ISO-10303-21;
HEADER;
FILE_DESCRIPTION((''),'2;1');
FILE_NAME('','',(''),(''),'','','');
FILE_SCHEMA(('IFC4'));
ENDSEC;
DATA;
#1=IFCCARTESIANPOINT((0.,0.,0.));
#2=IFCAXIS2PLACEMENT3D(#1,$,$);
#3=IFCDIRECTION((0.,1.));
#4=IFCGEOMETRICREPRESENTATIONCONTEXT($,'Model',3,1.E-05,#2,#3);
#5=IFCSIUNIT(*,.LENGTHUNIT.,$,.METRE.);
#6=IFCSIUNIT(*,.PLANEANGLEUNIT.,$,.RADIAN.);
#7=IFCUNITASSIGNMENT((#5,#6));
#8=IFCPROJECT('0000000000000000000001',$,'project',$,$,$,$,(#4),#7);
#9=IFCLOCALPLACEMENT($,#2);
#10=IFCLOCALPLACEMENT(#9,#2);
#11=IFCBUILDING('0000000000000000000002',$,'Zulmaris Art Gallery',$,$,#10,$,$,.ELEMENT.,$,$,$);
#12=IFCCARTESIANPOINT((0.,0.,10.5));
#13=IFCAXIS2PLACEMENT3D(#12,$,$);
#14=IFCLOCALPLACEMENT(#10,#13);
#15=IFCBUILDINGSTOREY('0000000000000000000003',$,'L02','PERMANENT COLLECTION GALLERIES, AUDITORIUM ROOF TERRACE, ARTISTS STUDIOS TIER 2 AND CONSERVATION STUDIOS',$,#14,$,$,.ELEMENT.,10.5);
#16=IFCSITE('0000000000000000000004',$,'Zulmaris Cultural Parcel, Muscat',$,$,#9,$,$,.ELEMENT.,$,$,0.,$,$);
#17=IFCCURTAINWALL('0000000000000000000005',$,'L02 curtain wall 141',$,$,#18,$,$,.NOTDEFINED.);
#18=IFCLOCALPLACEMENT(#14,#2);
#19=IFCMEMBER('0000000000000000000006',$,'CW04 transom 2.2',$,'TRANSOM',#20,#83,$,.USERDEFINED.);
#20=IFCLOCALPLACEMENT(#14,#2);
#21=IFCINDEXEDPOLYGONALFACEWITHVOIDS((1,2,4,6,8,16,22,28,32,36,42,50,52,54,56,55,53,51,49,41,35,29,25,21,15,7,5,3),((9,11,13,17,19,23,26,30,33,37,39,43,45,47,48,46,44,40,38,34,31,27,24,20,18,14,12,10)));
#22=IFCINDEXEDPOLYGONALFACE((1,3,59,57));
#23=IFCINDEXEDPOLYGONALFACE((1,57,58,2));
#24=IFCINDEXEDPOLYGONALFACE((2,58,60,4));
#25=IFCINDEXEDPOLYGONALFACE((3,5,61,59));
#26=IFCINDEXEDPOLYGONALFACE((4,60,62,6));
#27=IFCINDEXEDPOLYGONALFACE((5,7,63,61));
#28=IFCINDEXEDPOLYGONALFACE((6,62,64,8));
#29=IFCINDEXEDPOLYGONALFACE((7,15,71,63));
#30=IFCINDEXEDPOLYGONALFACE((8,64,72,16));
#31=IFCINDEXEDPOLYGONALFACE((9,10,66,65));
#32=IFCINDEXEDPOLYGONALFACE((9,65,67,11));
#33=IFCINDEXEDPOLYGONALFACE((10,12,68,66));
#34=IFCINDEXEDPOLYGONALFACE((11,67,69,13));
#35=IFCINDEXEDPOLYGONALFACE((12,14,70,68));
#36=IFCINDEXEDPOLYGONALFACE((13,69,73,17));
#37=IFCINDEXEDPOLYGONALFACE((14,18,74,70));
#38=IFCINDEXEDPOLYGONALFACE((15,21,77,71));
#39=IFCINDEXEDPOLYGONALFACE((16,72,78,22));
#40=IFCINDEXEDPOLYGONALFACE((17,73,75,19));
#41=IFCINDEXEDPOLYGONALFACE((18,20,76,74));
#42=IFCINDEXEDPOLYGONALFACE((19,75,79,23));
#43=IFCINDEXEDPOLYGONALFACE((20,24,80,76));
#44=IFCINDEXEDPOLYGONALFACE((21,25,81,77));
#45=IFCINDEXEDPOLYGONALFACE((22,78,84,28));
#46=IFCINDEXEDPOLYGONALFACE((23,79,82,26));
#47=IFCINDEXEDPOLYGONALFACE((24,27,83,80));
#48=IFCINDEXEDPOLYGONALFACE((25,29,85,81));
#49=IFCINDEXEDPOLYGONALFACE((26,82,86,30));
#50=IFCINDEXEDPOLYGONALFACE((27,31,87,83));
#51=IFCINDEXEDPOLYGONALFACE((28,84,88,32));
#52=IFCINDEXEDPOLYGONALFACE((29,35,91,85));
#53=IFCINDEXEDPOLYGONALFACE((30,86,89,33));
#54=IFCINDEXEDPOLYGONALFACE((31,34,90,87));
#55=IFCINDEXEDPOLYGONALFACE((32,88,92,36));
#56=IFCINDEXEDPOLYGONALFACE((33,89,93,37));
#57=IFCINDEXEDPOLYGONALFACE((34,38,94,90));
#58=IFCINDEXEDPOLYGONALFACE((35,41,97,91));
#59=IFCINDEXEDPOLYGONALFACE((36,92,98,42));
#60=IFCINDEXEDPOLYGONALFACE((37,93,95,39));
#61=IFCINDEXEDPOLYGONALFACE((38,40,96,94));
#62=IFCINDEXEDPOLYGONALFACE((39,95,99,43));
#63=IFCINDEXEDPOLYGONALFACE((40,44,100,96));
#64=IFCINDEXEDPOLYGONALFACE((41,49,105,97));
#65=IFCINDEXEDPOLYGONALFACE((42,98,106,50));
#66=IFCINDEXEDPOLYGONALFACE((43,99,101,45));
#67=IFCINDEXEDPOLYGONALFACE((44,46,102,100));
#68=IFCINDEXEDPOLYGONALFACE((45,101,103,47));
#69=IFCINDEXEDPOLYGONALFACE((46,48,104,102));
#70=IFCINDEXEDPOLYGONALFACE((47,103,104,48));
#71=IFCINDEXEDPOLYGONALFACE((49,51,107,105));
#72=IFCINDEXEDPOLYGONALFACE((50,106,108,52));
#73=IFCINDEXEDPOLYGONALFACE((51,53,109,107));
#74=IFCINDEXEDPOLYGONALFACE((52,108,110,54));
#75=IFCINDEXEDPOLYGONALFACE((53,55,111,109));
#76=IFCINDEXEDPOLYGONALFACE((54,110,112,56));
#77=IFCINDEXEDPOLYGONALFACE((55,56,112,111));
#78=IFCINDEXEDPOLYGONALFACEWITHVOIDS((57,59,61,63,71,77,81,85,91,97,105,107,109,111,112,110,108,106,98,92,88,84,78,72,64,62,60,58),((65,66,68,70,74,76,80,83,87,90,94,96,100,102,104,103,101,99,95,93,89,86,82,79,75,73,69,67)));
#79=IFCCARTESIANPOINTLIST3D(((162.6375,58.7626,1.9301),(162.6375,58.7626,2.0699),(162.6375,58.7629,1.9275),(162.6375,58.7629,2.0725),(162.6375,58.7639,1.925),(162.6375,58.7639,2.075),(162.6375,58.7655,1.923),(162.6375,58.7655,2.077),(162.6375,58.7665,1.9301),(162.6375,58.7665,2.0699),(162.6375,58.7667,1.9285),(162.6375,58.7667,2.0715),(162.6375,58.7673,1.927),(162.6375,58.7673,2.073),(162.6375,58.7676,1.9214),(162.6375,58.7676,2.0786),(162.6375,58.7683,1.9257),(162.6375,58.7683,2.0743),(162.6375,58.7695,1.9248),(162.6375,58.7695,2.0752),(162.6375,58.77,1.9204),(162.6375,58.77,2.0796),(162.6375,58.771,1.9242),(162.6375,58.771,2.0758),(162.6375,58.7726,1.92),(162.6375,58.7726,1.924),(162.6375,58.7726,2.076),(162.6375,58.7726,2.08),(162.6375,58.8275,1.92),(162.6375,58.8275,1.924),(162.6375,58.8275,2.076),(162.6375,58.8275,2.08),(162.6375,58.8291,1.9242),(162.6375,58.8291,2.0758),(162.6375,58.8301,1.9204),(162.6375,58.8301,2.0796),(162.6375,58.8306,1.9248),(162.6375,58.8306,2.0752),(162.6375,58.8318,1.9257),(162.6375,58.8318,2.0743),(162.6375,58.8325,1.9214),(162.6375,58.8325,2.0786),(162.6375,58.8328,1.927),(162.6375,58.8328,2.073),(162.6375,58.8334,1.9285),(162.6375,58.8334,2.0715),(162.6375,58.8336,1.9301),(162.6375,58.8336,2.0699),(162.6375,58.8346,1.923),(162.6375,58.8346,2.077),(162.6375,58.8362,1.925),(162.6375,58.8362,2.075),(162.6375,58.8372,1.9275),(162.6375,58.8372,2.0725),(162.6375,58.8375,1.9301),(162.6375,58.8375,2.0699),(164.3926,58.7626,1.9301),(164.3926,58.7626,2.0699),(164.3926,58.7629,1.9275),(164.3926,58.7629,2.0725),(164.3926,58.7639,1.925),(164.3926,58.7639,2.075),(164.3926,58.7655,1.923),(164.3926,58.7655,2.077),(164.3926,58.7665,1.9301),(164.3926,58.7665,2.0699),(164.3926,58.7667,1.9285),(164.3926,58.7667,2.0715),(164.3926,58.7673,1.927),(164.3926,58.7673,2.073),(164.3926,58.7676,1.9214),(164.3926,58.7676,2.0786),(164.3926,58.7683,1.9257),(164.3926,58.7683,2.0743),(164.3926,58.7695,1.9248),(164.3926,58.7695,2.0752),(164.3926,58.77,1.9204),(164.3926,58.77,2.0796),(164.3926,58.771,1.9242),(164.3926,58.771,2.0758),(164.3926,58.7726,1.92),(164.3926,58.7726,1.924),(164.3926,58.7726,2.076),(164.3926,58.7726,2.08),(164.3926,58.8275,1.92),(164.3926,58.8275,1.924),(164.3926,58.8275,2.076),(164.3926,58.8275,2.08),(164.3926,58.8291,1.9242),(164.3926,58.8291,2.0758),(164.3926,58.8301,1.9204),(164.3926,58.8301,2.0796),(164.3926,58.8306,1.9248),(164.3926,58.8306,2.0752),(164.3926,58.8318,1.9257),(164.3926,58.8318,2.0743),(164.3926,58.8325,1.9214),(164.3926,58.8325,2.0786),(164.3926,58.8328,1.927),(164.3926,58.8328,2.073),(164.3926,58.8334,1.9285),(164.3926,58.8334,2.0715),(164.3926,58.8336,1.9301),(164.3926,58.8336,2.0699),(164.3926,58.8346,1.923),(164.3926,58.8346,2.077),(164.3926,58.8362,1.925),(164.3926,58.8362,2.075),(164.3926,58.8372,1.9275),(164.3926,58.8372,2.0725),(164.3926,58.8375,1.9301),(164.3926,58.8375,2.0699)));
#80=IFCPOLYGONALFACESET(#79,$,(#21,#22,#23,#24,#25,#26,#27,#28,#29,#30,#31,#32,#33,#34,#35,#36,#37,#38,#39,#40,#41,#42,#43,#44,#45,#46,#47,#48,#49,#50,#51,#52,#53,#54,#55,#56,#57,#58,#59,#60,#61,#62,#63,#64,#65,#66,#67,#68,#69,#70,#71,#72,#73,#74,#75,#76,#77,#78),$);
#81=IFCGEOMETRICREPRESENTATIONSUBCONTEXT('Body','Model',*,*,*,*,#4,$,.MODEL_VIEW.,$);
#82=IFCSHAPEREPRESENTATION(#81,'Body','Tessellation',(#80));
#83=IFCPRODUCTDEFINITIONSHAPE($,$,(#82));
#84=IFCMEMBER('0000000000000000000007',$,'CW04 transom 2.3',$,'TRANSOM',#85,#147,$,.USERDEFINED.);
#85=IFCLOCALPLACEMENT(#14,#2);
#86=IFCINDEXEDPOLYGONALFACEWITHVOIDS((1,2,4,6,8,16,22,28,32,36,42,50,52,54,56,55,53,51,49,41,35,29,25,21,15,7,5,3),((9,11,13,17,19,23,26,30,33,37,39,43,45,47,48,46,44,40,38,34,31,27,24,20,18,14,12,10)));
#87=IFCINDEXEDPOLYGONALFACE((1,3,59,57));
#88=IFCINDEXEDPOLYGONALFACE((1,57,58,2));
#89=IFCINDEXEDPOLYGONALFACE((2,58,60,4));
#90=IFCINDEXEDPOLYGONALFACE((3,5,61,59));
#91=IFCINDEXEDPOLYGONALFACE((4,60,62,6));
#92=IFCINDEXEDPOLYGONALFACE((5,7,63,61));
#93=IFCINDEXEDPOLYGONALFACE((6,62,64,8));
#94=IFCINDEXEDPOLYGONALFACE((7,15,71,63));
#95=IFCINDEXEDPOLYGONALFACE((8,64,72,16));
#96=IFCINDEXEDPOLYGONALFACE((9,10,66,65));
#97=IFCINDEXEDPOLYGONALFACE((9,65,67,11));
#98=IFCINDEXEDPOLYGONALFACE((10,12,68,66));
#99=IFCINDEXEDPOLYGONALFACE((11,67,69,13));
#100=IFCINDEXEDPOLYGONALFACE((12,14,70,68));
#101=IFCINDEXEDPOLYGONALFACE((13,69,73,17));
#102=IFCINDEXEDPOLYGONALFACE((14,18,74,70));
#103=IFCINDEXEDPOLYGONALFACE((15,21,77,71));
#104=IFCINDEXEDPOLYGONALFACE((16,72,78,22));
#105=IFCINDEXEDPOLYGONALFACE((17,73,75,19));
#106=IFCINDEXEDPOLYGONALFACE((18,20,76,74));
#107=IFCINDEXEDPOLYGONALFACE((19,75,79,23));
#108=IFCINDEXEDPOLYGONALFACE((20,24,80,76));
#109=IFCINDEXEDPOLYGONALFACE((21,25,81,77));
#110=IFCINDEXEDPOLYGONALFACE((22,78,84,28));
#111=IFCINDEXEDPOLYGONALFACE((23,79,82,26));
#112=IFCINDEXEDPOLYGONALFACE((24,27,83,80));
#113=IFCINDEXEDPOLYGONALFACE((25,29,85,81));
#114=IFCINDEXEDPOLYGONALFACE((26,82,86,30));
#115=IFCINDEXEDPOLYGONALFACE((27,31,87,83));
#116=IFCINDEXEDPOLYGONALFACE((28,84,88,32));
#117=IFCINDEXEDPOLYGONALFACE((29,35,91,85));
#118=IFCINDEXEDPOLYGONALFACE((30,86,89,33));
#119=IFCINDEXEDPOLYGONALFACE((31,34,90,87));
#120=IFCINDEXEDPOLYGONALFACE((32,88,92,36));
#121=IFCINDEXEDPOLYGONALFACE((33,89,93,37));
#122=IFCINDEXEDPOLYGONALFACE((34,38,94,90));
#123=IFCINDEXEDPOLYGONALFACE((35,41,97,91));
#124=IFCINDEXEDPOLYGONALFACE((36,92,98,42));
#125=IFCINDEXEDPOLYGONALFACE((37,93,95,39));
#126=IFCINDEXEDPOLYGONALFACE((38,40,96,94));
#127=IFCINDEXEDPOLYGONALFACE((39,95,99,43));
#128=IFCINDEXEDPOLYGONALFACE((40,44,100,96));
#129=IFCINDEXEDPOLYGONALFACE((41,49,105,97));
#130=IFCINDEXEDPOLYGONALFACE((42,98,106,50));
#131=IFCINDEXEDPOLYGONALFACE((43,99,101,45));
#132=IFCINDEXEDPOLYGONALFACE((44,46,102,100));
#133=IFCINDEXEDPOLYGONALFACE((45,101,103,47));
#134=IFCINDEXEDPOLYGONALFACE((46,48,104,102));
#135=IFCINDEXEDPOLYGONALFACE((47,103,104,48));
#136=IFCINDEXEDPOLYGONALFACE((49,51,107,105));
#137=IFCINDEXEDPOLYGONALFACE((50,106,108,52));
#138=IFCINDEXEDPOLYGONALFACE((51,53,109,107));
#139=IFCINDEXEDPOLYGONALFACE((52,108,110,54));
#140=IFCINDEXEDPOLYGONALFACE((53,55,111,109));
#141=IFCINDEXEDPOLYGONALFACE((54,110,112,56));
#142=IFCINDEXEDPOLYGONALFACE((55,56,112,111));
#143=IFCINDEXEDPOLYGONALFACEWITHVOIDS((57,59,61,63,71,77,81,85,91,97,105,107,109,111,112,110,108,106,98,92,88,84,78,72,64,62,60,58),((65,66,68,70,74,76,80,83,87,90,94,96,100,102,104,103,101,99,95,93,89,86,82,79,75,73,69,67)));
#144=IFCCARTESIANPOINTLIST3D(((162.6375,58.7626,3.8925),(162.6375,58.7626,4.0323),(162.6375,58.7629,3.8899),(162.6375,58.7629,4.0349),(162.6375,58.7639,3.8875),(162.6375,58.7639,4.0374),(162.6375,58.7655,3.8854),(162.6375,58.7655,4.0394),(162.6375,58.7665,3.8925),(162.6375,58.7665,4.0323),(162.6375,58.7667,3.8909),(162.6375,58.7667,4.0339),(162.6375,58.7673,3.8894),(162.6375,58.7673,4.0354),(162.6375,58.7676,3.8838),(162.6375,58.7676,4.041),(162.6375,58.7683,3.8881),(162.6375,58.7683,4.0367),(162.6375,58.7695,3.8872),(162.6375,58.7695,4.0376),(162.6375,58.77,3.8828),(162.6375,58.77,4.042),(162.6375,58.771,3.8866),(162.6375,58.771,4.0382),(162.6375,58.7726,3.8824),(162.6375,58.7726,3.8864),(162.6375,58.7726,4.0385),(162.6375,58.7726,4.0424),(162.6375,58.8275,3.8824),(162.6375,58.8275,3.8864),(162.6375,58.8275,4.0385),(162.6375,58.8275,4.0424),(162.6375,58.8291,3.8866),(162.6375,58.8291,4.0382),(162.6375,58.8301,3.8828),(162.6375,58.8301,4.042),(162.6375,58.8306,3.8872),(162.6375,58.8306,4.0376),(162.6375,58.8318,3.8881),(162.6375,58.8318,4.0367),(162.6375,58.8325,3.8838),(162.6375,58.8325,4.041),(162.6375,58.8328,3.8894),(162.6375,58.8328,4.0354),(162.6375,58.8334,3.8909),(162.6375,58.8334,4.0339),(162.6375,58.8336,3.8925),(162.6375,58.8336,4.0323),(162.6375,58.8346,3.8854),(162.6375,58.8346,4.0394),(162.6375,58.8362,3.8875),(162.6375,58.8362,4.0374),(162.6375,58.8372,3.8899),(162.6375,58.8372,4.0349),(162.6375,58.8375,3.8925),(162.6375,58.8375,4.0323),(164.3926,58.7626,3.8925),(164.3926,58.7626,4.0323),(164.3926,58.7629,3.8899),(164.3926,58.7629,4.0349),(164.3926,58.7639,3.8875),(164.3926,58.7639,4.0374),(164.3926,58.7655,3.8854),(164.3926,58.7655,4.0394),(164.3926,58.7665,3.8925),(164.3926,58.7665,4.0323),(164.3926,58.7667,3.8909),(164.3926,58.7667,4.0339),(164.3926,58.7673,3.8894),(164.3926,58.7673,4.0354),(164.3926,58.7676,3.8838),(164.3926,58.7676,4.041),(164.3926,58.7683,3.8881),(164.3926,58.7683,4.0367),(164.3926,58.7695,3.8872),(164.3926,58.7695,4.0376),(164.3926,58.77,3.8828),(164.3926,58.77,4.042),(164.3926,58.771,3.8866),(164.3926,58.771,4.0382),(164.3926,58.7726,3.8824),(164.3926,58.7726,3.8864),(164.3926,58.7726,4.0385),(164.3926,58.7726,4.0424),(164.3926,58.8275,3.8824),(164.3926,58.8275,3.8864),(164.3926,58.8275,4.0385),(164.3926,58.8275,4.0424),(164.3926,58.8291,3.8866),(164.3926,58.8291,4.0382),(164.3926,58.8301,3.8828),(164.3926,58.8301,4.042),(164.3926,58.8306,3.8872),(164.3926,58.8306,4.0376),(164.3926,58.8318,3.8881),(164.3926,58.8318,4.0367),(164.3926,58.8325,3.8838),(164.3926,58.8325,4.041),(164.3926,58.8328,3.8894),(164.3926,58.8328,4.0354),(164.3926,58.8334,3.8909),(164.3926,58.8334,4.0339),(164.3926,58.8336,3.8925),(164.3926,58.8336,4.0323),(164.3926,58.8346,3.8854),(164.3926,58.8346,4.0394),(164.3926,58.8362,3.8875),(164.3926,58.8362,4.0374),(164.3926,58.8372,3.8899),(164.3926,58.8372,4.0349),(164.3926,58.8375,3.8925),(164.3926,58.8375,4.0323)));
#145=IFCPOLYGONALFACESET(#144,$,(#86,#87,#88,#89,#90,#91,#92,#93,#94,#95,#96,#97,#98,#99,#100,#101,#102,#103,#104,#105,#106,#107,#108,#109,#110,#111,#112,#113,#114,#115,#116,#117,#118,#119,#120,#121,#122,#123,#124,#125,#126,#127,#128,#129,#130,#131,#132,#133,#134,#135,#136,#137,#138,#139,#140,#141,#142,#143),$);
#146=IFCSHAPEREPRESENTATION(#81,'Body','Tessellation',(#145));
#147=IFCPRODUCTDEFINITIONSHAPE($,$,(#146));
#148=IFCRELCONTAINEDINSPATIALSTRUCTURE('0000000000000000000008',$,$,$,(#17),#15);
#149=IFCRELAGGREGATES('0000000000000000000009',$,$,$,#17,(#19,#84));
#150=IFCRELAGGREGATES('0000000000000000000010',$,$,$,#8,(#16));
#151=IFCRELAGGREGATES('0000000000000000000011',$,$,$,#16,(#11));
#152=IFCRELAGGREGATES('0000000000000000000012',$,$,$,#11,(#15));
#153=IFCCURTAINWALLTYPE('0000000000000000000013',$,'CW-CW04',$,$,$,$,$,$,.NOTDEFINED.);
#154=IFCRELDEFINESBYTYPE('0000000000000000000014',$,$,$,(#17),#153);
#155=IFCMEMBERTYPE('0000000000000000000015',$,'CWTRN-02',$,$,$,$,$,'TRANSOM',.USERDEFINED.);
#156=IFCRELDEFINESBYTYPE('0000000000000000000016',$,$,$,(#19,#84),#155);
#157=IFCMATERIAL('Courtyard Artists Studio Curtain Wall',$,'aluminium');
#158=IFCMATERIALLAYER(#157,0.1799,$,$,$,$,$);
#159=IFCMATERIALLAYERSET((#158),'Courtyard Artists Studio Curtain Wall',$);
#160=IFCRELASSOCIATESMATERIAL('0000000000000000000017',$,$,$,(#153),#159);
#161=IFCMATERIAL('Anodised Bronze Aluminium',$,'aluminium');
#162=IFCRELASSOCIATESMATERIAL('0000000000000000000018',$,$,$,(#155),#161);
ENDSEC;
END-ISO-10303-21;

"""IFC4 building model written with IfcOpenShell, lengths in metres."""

from ifc_helpers import new_model, si_unit, direction, frame, origin, origin_2d, place, context, subcontext, project, spatial, hollow_rectangle, extrude, material, layer, layer_set, material_profile, profile_set, type_object, element, aggregate, save


model = new_model("IFC4")

# Units and contexts
model_context = context("Model", 3, precision=1e-05, world=origin(), true_north=direction((0.0, 1.0)))
body_context = subcontext(model_context, "Body", "Model", "MODEL_VIEW")
ifc_project = project(units=[si_unit("LENGTHUNIT", "METRE"), si_unit("PLANEANGLEUNIT", "RADIAN")], contexts=[model_context])

# Site, building, storey
site_placement = place(None, origin())
site = spatial("IfcSite", under=ifc_project, at=site_placement, Name="Zulmaris Cultural Parcel, Muscat", CompositionType="ELEMENT", RefElevation=0.0)
building_placement = place(site_placement, origin())
building = spatial("IfcBuilding", under=site, at=building_placement, Name="Zulmaris Art Gallery", CompositionType="ELEMENT")
storey_placement = place(building_placement, frame((0.0, 0.0, 10.5)))
storey = spatial("IfcBuildingStorey", under=building, at=storey_placement, Name="L02", Description="PERMANENT COLLECTION GALLERIES, AUDITORIUM ROOF TERRACE, ARTISTS STUDIOS TIER 2 AND CONSERVATION STUDIOS", CompositionType="ELEMENT", Elevation=10.5)

# Shared definitions
ifc_material_1 = material(Name="Courtyard Artists Studio Curtain Wall", Category="aluminium")
ifc_layer_1 = layer(ifc_material_1, 0.1799)
ifc_layer_set_1 = layer_set([ifc_layer_1], Name="Courtyard Artists Studio Curtain Wall")
curtain_wall_type = type_object("IfcCurtainWallType", Name="CW-CW04", PredefinedType="NOTDEFINED", material=ifc_layer_set_1)
ifc_material_2 = material(Name="Anodised Bronze Aluminium", Category="aluminium")

# Curtain wall
curtain_wall_1_placement = place(storey_placement, origin())
curtain_wall_1 = element("IfcCurtainWall", 1, at=curtain_wall_1_placement, inside=storey, type_object=curtain_wall_type, Name="L02 curtain wall 141", PredefinedType="NOTDEFINED")

# Members
ifc_material_profile_1 = material_profile(ifc_material_2, hollow_rectangle(XDim=0.075, YDim=0.1599, WallThickness=0.0039, InnerFilletRadius=0.0061, OuterFilletRadius=0.01, at=origin_2d()), Name="ALU 75x160x4")
ifc_profile_set_1 = profile_set([ifc_material_profile_1], Name="Anodised Bronze Aluminium")
member_type_1 = type_object("IfcMemberType", Name="CWTRN-02", ElementType="TRANSOM", PredefinedType="USERDEFINED", material=ifc_profile_set_1)
member_1_placement = place(storey_placement, frame((164.3926, 58.8, 2.0), z_axis=(-1.0, 0.0, 0.0), x_axis=(0.0, -1.0, 0.0)))
member_1 = element("IfcMember", 2, at=member_1_placement, type_object=member_type_1, Name="CW04 transom 2.2", ObjectType="TRANSOM", PredefinedType="USERDEFINED", context=body_context, shape_type="SweptSolid", body=[
    extrude(hollow_rectangle(XDim=0.075, YDim=0.1599, WallThickness=0.0039, InnerFilletRadius=0.0061, OuterFilletRadius=0.01, at=origin_2d()), origin(), (0.0, 0.0, 1.0), 1.7551),
])
member_2_placement = place(storey_placement, frame((164.3926, 58.8, 3.9624), z_axis=(-1.0, 0.0, 0.0), x_axis=(0.0, -1.0, 0.0)))
member_2 = element("IfcMember", 3, at=member_2_placement, type_object=member_type_1, Name="CW04 transom 2.3", ObjectType="TRANSOM", PredefinedType="USERDEFINED", context=body_context, shape_type="SweptSolid", body=[
    extrude(hollow_rectangle(XDim=0.075, YDim=0.1599, WallThickness=0.0039, InnerFilletRadius=0.0061, OuterFilletRadius=0.01, at=origin_2d()), origin(), (0.0, 0.0, 1.0), 1.7551),
])

aggregate(curtain_wall_1, [member_1, member_2])

save(model, "model.ifc")
